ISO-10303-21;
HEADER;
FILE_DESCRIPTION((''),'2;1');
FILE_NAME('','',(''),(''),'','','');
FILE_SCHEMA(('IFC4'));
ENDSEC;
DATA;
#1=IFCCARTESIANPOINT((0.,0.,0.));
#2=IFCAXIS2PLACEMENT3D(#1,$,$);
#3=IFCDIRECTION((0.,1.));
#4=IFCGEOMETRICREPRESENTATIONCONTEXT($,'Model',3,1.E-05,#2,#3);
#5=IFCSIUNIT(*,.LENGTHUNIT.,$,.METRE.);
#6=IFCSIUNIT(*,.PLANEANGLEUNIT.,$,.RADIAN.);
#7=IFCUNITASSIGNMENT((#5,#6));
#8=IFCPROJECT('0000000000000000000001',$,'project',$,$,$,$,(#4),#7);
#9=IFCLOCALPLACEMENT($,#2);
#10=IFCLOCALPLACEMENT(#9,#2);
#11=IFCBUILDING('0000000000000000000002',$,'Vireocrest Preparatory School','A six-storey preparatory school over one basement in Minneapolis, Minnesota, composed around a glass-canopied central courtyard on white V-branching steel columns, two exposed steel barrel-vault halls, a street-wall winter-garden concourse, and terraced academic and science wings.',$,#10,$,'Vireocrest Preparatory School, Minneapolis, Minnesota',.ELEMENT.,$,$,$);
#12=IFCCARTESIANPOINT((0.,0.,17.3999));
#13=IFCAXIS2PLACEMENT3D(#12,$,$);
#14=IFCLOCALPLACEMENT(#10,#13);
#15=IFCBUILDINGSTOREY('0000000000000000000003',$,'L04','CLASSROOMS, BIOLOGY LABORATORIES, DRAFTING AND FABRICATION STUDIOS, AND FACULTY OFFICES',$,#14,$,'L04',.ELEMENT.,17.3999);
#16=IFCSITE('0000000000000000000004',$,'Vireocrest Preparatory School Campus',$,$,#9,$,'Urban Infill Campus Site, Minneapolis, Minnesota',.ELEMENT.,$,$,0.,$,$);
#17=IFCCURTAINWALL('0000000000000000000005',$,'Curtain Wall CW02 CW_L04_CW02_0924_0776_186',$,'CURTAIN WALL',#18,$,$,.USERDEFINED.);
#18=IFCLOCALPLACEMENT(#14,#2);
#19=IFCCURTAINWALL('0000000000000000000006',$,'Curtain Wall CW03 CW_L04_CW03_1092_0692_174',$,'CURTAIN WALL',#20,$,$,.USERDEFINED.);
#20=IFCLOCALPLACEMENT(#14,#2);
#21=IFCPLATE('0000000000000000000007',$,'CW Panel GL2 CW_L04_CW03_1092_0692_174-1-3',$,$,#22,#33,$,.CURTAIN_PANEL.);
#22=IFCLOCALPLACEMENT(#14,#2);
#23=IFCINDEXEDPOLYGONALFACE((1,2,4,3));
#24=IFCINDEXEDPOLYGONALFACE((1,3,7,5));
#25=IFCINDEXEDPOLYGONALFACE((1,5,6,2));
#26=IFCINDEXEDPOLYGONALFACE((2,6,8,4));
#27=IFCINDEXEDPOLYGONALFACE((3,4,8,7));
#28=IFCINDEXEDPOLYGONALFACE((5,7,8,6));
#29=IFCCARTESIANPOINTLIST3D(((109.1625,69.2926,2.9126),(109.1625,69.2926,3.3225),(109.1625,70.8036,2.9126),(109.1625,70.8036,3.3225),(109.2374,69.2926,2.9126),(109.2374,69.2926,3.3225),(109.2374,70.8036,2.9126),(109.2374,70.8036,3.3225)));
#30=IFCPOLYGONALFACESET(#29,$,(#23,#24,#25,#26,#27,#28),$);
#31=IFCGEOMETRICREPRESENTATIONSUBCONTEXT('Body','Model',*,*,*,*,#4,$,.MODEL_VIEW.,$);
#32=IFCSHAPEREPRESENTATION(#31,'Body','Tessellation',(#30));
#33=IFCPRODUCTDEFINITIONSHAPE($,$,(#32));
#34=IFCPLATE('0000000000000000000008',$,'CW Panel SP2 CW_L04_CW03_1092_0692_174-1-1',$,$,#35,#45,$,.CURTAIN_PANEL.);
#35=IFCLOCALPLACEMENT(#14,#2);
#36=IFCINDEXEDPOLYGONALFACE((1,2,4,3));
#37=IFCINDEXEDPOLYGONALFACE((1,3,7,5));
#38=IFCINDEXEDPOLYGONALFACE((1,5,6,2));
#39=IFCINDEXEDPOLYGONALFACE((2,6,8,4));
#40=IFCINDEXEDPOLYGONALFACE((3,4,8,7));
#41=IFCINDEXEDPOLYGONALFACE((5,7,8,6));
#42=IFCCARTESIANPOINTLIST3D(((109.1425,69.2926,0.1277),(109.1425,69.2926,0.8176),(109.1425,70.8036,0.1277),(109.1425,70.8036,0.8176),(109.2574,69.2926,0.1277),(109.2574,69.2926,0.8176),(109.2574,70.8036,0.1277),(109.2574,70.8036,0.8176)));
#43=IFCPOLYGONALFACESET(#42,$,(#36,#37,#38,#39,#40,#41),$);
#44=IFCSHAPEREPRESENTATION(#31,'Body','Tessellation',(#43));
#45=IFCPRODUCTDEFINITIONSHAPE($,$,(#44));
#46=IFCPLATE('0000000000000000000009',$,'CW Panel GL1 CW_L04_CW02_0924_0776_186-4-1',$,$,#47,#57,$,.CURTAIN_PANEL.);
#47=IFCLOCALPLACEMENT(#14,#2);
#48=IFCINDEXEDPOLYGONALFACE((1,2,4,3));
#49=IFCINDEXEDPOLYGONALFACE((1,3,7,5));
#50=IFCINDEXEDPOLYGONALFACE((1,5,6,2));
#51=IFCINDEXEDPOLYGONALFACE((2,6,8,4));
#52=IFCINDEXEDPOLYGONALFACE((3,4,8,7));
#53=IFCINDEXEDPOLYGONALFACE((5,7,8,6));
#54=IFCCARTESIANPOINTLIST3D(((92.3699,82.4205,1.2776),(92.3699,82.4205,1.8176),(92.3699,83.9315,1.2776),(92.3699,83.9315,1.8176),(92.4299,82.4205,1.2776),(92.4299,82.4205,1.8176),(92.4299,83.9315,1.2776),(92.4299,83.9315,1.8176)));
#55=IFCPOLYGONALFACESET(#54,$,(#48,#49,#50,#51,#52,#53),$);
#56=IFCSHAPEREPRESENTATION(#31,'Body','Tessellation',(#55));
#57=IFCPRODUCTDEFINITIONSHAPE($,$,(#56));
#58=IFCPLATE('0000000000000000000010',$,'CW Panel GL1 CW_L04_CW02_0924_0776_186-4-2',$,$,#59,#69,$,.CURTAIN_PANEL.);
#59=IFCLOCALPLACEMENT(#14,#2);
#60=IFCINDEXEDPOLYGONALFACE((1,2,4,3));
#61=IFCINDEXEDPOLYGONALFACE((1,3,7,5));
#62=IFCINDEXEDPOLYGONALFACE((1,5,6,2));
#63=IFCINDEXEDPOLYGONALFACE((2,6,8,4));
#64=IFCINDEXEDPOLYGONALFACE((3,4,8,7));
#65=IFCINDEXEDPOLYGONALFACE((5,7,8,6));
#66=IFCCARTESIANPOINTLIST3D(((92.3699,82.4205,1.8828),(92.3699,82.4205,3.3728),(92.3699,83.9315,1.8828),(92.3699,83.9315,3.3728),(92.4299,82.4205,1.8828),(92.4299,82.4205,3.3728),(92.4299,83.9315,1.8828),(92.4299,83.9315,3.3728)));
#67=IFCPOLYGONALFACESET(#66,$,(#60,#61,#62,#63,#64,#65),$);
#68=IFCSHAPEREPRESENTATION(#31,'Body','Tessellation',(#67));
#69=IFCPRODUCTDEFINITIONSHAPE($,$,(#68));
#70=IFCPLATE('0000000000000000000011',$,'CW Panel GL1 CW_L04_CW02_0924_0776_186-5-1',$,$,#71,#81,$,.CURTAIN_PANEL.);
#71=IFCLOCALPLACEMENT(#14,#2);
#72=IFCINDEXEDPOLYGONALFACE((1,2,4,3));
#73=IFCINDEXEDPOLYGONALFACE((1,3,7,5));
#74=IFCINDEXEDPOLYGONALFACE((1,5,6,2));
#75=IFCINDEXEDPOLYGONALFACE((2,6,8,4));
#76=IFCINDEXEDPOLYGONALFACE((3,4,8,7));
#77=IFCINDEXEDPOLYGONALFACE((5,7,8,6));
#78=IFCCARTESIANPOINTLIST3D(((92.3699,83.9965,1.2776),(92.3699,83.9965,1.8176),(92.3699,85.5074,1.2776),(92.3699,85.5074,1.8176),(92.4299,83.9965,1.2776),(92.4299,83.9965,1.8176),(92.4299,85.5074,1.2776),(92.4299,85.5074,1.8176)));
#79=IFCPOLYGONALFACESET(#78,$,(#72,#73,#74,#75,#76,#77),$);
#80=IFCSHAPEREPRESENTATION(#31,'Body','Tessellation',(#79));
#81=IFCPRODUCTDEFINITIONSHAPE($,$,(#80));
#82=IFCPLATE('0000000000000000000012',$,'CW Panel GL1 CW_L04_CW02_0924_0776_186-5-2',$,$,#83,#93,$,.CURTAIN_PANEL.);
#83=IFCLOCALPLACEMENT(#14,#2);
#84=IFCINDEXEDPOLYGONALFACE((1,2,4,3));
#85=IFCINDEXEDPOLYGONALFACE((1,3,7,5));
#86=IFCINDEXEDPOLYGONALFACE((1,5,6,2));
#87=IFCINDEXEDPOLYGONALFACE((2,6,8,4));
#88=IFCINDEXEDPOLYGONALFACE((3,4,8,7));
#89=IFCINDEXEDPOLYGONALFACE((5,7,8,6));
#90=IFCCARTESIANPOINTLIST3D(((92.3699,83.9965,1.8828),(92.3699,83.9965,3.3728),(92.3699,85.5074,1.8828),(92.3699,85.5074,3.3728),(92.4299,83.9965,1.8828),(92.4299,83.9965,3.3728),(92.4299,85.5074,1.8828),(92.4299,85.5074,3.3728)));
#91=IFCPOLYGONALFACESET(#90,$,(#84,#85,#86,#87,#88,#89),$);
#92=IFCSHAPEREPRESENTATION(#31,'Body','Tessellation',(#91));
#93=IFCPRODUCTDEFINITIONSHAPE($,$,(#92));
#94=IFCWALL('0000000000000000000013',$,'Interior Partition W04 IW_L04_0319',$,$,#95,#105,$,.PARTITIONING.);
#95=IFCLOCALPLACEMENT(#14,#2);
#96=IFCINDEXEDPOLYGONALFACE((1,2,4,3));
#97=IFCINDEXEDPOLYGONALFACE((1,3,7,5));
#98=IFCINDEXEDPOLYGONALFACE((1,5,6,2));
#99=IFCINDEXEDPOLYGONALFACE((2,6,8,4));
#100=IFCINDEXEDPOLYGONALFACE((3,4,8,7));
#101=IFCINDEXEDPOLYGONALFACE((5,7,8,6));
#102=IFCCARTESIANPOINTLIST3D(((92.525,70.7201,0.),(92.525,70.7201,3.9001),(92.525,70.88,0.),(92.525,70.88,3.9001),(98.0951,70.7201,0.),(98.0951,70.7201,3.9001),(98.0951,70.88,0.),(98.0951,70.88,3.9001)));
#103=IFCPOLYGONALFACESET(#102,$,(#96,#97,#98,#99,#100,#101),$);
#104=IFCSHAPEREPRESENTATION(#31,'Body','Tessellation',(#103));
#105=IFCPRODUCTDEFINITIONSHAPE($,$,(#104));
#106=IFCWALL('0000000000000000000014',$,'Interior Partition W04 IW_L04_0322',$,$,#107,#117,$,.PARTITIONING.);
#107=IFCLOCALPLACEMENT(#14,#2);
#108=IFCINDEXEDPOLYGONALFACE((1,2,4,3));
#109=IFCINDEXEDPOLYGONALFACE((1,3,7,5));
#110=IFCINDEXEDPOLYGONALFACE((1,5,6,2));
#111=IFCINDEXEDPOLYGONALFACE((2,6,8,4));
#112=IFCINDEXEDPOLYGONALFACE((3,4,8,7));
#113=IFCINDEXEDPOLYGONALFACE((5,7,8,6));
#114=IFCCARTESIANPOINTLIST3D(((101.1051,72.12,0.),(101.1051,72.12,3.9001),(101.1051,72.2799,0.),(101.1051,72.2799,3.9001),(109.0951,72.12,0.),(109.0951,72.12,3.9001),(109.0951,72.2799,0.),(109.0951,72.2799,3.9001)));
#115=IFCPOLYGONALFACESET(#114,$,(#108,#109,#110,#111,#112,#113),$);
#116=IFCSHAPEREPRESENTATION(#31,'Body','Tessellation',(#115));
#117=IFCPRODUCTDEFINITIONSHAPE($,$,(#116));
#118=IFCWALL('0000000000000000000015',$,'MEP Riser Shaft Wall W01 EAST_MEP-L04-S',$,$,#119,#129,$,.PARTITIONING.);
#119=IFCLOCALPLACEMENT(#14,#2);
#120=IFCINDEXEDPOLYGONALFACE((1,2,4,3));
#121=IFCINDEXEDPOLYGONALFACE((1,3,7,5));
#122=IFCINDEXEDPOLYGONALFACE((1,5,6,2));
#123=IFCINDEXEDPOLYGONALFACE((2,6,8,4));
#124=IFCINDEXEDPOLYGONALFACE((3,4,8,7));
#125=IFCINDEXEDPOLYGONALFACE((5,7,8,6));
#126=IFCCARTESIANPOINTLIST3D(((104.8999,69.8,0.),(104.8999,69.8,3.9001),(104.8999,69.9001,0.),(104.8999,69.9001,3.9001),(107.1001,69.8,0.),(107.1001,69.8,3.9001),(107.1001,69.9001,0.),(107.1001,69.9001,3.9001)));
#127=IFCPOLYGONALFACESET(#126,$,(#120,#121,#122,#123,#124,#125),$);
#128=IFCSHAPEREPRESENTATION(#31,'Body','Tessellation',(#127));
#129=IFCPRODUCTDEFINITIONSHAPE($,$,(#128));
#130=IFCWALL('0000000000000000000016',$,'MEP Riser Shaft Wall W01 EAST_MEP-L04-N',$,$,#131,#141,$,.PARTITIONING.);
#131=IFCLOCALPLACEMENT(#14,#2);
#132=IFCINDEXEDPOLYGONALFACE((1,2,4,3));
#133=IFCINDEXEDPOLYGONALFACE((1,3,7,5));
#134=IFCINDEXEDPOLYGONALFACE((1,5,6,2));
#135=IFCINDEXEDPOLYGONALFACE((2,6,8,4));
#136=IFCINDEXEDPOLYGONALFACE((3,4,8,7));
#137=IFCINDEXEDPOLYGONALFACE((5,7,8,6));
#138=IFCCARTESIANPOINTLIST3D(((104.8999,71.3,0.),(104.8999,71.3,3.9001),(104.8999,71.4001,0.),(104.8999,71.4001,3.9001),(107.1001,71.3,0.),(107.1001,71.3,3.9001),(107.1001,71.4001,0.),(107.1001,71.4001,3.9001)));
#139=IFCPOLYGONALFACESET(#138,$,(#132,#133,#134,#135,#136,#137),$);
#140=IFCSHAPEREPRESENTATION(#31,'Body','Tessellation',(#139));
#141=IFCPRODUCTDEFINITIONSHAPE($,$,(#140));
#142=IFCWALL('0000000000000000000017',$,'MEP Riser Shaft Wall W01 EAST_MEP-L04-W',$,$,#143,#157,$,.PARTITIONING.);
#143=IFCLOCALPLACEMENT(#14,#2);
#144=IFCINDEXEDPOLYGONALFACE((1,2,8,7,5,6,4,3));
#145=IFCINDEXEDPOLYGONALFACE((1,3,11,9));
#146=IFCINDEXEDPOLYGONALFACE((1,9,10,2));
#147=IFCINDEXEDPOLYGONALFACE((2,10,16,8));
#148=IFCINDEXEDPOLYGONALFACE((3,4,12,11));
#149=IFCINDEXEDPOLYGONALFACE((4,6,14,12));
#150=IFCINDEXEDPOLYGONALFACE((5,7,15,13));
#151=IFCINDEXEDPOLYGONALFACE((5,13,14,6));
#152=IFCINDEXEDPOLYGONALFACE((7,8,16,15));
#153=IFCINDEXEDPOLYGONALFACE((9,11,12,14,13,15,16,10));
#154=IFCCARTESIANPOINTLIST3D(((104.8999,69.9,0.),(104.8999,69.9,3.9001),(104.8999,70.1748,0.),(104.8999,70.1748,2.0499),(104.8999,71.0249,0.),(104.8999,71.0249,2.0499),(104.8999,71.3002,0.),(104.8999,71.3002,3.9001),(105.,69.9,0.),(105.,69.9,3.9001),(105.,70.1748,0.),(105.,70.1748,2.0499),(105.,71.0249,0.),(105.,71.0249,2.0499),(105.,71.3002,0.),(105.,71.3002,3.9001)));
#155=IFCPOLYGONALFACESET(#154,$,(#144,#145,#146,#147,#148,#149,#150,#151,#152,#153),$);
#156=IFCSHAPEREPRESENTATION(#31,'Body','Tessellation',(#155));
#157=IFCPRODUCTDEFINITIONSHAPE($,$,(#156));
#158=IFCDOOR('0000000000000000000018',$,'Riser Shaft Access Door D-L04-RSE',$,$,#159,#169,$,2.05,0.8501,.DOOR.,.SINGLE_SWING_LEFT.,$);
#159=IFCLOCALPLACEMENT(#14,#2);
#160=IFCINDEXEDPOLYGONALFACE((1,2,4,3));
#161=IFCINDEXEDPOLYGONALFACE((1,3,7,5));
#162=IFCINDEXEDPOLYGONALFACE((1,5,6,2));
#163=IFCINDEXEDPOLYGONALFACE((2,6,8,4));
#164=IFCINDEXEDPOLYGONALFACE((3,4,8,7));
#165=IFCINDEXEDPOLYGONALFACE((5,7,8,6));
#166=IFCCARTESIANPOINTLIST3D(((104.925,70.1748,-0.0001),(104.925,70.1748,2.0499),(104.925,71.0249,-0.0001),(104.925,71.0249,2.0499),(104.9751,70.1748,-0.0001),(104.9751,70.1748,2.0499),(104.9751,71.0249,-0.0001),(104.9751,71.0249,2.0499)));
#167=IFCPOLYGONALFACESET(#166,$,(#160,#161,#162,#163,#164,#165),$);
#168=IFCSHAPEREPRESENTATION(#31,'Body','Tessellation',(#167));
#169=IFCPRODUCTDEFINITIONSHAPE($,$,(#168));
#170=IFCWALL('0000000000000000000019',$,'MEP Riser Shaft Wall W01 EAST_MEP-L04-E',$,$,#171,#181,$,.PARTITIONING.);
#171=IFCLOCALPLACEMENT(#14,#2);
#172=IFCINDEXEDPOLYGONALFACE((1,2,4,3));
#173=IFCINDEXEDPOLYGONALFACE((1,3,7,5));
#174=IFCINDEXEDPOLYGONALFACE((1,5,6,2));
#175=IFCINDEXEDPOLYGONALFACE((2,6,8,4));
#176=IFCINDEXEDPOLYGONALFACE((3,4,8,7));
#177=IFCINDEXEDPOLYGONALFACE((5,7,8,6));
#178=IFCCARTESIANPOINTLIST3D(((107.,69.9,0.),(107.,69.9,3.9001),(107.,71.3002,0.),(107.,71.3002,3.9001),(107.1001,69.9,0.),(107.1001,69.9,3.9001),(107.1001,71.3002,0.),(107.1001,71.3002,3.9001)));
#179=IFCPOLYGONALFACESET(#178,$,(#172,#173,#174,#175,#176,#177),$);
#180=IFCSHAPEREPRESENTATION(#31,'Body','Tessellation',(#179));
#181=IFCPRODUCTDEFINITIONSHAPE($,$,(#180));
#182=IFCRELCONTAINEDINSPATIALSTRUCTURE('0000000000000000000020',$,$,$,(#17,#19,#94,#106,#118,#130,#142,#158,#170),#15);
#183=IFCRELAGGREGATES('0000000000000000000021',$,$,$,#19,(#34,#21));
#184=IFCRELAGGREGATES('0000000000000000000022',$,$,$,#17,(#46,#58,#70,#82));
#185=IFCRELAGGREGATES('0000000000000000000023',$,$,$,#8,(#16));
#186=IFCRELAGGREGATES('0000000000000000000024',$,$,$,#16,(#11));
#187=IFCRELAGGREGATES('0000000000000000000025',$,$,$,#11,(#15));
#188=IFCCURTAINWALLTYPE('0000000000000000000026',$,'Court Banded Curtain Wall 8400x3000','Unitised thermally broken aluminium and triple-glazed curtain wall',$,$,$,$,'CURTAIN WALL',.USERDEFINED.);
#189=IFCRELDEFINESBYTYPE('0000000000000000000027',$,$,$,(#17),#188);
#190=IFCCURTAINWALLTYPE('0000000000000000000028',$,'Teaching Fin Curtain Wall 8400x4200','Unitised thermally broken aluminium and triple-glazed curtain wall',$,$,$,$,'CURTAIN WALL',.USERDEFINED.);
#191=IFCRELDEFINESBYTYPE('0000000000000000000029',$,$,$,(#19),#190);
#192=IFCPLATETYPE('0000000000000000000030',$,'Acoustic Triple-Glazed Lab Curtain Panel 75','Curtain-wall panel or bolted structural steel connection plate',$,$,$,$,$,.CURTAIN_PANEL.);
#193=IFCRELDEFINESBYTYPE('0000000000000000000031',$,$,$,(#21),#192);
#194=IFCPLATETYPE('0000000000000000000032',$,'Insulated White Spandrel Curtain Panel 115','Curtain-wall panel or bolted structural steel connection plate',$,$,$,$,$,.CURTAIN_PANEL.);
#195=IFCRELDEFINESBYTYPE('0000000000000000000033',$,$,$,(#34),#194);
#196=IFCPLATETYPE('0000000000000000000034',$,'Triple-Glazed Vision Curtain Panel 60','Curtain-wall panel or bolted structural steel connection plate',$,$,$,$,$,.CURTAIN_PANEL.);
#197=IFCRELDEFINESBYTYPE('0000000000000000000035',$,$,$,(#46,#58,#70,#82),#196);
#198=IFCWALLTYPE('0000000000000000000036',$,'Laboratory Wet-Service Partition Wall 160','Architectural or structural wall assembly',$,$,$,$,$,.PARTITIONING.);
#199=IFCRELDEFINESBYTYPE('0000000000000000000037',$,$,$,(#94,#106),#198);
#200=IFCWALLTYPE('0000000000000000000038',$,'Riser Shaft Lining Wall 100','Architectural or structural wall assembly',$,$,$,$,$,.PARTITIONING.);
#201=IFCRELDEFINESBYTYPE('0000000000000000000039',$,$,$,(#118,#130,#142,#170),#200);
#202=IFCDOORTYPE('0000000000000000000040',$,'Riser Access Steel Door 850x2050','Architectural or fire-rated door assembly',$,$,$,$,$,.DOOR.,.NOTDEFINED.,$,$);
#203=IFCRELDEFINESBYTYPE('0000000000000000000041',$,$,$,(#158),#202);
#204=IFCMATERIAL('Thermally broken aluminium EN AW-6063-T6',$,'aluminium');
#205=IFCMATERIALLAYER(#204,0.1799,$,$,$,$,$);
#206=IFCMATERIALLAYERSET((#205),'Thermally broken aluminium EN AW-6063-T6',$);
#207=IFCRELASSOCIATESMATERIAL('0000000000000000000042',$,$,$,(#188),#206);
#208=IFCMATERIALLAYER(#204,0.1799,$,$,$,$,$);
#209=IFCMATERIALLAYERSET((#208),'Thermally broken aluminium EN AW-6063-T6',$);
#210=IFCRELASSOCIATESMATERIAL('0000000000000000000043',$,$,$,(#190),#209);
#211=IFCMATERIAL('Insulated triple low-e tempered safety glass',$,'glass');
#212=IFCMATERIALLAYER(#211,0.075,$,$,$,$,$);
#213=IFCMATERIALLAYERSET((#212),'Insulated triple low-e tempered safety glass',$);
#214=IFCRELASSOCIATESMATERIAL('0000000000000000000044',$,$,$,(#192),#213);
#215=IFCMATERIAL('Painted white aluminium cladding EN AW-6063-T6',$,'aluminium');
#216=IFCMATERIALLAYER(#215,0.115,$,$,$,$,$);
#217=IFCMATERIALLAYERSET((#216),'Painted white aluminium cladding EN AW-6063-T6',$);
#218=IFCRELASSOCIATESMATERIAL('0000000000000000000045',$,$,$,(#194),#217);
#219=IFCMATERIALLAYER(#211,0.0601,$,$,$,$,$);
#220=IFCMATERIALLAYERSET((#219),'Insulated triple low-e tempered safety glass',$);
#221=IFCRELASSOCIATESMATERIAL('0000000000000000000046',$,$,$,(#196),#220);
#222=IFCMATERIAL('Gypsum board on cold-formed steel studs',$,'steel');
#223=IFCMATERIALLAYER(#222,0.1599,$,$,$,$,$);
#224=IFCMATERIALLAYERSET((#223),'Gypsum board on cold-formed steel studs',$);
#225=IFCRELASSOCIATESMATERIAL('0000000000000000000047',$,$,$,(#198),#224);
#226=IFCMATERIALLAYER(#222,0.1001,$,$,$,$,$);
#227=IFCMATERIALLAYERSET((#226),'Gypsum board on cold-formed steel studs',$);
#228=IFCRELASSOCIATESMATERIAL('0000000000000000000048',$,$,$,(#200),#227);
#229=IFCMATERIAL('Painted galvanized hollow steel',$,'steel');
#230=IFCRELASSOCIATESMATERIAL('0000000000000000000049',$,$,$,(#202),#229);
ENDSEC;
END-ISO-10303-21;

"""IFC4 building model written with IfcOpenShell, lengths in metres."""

from ifc_helpers import new_model, si_unit, direction, frame, frame_2d, origin, origin_2d, place, context, subcontext, project, spatial, rectangle, extrude, material, layer, layer_set, type_object, element, fill, aggregate, save


model = new_model("IFC4")

# Units and contexts
model_context = context("Model", 3, precision=1e-05, world=origin(), true_north=direction((0.0, 1.0)))
body_context = subcontext(model_context, "Body", "Model", "MODEL_VIEW")
ifc_project = project(units=[si_unit("LENGTHUNIT", "METRE"), si_unit("PLANEANGLEUNIT", "RADIAN")], contexts=[model_context])

# Site, building, storey
site_placement = place(None, origin())
site = spatial("IfcSite", under=ifc_project, at=site_placement, Name="Vireocrest Preparatory School Campus", LongName="Urban Infill Campus Site, Minneapolis, Minnesota", CompositionType="ELEMENT", RefElevation=0.0)
building_placement = place(site_placement, origin())
building = spatial("IfcBuilding", under=site, at=building_placement, Name="Vireocrest Preparatory School", Description="A six-storey preparatory school over one basement in Minneapolis, Minnesota, composed around a glass-canopied central courtyard on white V-branching steel columns, two exposed steel barrel-vault halls, a street-wall winter-garden concourse, and terraced academic and science wings.", LongName="Vireocrest Preparatory School, Minneapolis, Minnesota", CompositionType="ELEMENT")
storey_placement = place(building_placement, frame((0.0, 0.0, 17.3999)))
storey = spatial("IfcBuildingStorey", under=building, at=storey_placement, Name="L04", Description="CLASSROOMS, BIOLOGY LABORATORIES, DRAFTING AND FABRICATION STUDIOS, AND FACULTY OFFICES", LongName="L04", CompositionType="ELEMENT", Elevation=17.3999)

# Curtain wall
ifc_material_1 = material(Name="Thermally broken aluminium EN AW-6063-T6", Category="aluminium")
ifc_layer_1 = layer(ifc_material_1, 0.1799)
ifc_layer_set_1 = layer_set([ifc_layer_1], Name="Thermally broken aluminium EN AW-6063-T6")
curtain_wall_type_1 = type_object("IfcCurtainWallType", Name="Court Banded Curtain Wall 8400x3000", Description="Unitised thermally broken aluminium and triple-glazed curtain wall", ElementType="CURTAIN WALL", PredefinedType="USERDEFINED", material=ifc_layer_set_1)
curtain_wall_1_placement = place(storey_placement, origin())
curtain_wall_1 = element("IfcCurtainWall", 1, at=curtain_wall_1_placement, inside=storey, type_object=curtain_wall_type_1, Name="Curtain Wall CW02 CW_L04_CW02_0924_0776_186", ObjectType="CURTAIN WALL", PredefinedType="USERDEFINED")

# Curtain wall, plates
ifc_layer_2 = layer(ifc_material_1, 0.1799)
ifc_layer_set_2 = layer_set([ifc_layer_2], Name="Thermally broken aluminium EN AW-6063-T6")
curtain_wall_type_2 = type_object("IfcCurtainWallType", Name="Teaching Fin Curtain Wall 8400x4200", Description="Unitised thermally broken aluminium and triple-glazed curtain wall", ElementType="CURTAIN WALL", PredefinedType="USERDEFINED", material=ifc_layer_set_2)
curtain_wall_2_placement = place(storey_placement, origin())
curtain_wall_2 = element("IfcCurtainWall", 2, at=curtain_wall_2_placement, inside=storey, type_object=curtain_wall_type_2, Name="Curtain Wall CW03 CW_L04_CW03_1092_0692_174", ObjectType="CURTAIN WALL", PredefinedType="USERDEFINED")
ifc_material_2 = material(Name="Insulated triple low-e tempered safety glass", Category="glass")
ifc_layer_3 = layer(ifc_material_2, 0.075)
ifc_layer_set_3 = layer_set([ifc_layer_3], Name="Insulated triple low-e tempered safety glass")
plate_type_1 = type_object("IfcPlateType", Name="Acoustic Triple-Glazed Lab Curtain Panel 75", Description="Curtain-wall panel or bolted structural steel connection plate", PredefinedType="CURTAIN_PANEL", material=ifc_layer_set_3)
plate_1_placement = place(storey_placement, frame((109.2, 70.0481, 2.9126), z_axis=(0.0, 0.0, 1.0), x_axis=(0.0, 1.0, 0.0)))
plate_1 = element("IfcPlate", 3, at=plate_1_placement, type_object=plate_type_1, Name="CW Panel GL2 CW_L04_CW03_1092_0692_174-1-3", PredefinedType="CURTAIN_PANEL", context=body_context, shape_type="SweptSolid", body=[
    extrude(rectangle(XDim=1.511, YDim=0.075, at=origin_2d()), origin(), (0.0, 0.0, 1.0), 0.4099),
])
ifc_material_3 = material(Name="Painted white aluminium cladding EN AW-6063-T6", Category="aluminium")
ifc_layer_4 = layer(ifc_material_3, 0.115)
ifc_layer_set_4 = layer_set([ifc_layer_4], Name="Painted white aluminium cladding EN AW-6063-T6")
plate_type_2 = type_object("IfcPlateType", Name="Insulated White Spandrel Curtain Panel 115", Description="Curtain-wall panel or bolted structural steel connection plate", PredefinedType="CURTAIN_PANEL", material=ifc_layer_set_4)
plate_2_placement = place(storey_placement, frame((109.2, 70.0481, 0.1277), z_axis=(0.0, 0.0, 1.0), x_axis=(0.0, 1.0, 0.0)))
plate_2 = element("IfcPlate", 4, at=plate_2_placement, type_object=plate_type_2, Name="CW Panel SP2 CW_L04_CW03_1092_0692_174-1-1", PredefinedType="CURTAIN_PANEL", context=body_context, shape_type="SweptSolid", body=[
    extrude(rectangle(XDim=1.511, YDim=0.115, at=origin_2d()), origin(), (0.0, 0.0, 1.0), 0.6899),
])
aggregate(curtain_wall_2, [plate_2, plate_1])

# Plates
ifc_layer_5 = layer(ifc_material_2, 0.0601)
ifc_layer_set_5 = layer_set([ifc_layer_5], Name="Insulated triple low-e tempered safety glass")
plate_type_3 = type_object("IfcPlateType", Name="Triple-Glazed Vision Curtain Panel 60", Description="Curtain-wall panel or bolted structural steel connection plate", PredefinedType="CURTAIN_PANEL", material=ifc_layer_set_5)
plate_3_placement = place(storey_placement, frame((92.3999, 83.176, 1.2776), z_axis=(0.0, 0.0, 1.0), x_axis=(0.0, 1.0, 0.0)))
plate_3 = element("IfcPlate", 5, at=plate_3_placement, type_object=plate_type_3, Name="CW Panel GL1 CW_L04_CW02_0924_0776_186-4-1", PredefinedType="CURTAIN_PANEL", context=body_context, shape_type="SweptSolid", body=[
    extrude(rectangle(XDim=1.511, YDim=0.0601, at=origin_2d()), origin(), (0.0, 0.0, 1.0), 0.54),
])
plate_4_placement = place(storey_placement, frame((92.3999, 83.176, 1.8828), z_axis=(0.0, 0.0, 1.0), x_axis=(0.0, 1.0, 0.0)))
plate_4 = element("IfcPlate", 6, at=plate_4_placement, type_object=plate_type_3, Name="CW Panel GL1 CW_L04_CW02_0924_0776_186-4-2", PredefinedType="CURTAIN_PANEL", context=body_context, shape_type="SweptSolid", body=[
    extrude(rectangle(XDim=1.511, YDim=0.0601, at=origin_2d()), origin(), (0.0, 0.0, 1.0), 1.49),
])
plate_5_placement = place(storey_placement, frame((92.3999, 84.752, 1.2776), z_axis=(0.0, 0.0, 1.0), x_axis=(0.0, 1.0, 0.0)))
plate_5 = element("IfcPlate", 7, at=plate_5_placement, type_object=plate_type_3, Name="CW Panel GL1 CW_L04_CW02_0924_0776_186-5-1", PredefinedType="CURTAIN_PANEL", context=body_context, shape_type="SweptSolid", body=[
    extrude(rectangle(XDim=1.511, YDim=0.0601, at=origin_2d()), origin(), (0.0, 0.0, 1.0), 0.54),
])
plate_6_placement = place(storey_placement, frame((92.3999, 84.752, 1.8828), z_axis=(0.0, 0.0, 1.0), x_axis=(0.0, 1.0, 0.0)))
plate_6 = element("IfcPlate", 8, at=plate_6_placement, type_object=plate_type_3, Name="CW Panel GL1 CW_L04_CW02_0924_0776_186-5-2", PredefinedType="CURTAIN_PANEL", context=body_context, shape_type="SweptSolid", body=[
    extrude(rectangle(XDim=1.511, YDim=0.0601, at=origin_2d()), origin(), (0.0, 0.0, 1.0), 1.49),
])
aggregate(curtain_wall_1, [plate_3, plate_4, plate_5, plate_6])

# Walls
ifc_material_4 = material(Name="Gypsum board on cold-formed steel studs", Category="steel")
ifc_layer_6 = layer(ifc_material_4, 0.1599)
ifc_layer_set_6 = layer_set([ifc_layer_6], Name="Gypsum board on cold-formed steel studs")
wall_type_1 = type_object("IfcWallType", Name="Laboratory Wet-Service Partition Wall 160", Description="Architectural or structural wall assembly", PredefinedType="PARTITIONING", material=ifc_layer_set_6)
wall_1_placement = place(storey_placement, frame((92.5249, 70.8, 0.0), z_axis=(0.0, 0.0, 1.0), x_axis=(1.0, 0.0, 0.0)))
element("IfcWall", 9, at=wall_1_placement, inside=storey, type_object=wall_type_1, Name="Interior Partition W04 IW_L04_0319", PredefinedType="PARTITIONING", context=body_context, shape_type="SweptSolid", body=[
    extrude(rectangle(XDim=5.5701, YDim=0.1599, at=frame_2d((2.7852, 0.0))), origin(), (0.0, 0.0, 1.0), 3.9001),
])
wall_2_placement = place(storey_placement, frame((101.105, 72.2, 0.0), z_axis=(0.0, 0.0, 1.0), x_axis=(1.0, 0.0, 0.0)))
element("IfcWall", 10, at=wall_2_placement, inside=storey, type_object=wall_type_1, Name="Interior Partition W04 IW_L04_0322", PredefinedType="PARTITIONING", context=body_context, shape_type="SweptSolid", body=[
    extrude(rectangle(XDim=7.99, YDim=0.1599, at=frame_2d((3.9951, 0.0))), origin(), (0.0, 0.0, 1.0), 3.9001),
])
ifc_layer_7 = layer(ifc_material_4, 0.1001)
ifc_layer_set_7 = layer_set([ifc_layer_7], Name="Gypsum board on cold-formed steel studs")
wall_type_2 = type_object("IfcWallType", Name="Riser Shaft Lining Wall 100", Description="Architectural or structural wall assembly", PredefinedType="PARTITIONING", material=ifc_layer_set_7)
for number, where, z_axis, x_axis, name in (
    (11, (104.8999, 69.8501, 0.0), (0.0, 0.0, 1.0), (1.0, 0.0, 0.0), "MEP Riser Shaft Wall W01 EAST_MEP-L04-S"),
    (12, (104.8999, 71.3501, 0.0), (0.0, 0.0, 1.0), (1.0, 0.0, 0.0), "MEP Riser Shaft Wall W01 EAST_MEP-L04-N"),
):
    element("IfcWall", number, at=place(storey_placement, frame(where, z_axis=z_axis, x_axis=x_axis)), inside=storey, type_object=wall_type_2, Name=name, PredefinedType="PARTITIONING", context=body_context, shape_type="SweptSolid", body=[
        extrude(rectangle(XDim=2.2002, YDim=0.1001, at=frame_2d((1.1001, 0.0))), origin(), (0.0, 0.0, 1.0), 3.9001),
    ])

# Wall, opening, door
wall_3_placement = place(storey_placement, frame((104.95, 69.8999, 0.0), z_axis=(0.0, 0.0, 1.0), x_axis=(0.0, 1.0, 0.0)))
wall_3 = element("IfcWall", 13, at=wall_3_placement, inside=storey, type_object=wall_type_2, Name="MEP Riser Shaft Wall W01 EAST_MEP-L04-W", PredefinedType="PARTITIONING", context=body_context, shape_type="SweptSolid", body=[
    extrude(rectangle(XDim=1.4001, YDim=0.1001, at=frame_2d((0.7002, 0.0))), origin(), (0.0, 0.0, 1.0), 3.9001),
])
opening_1_placement = place(wall_3_placement, frame((0.2749, 0.0, 0.0)))
opening_1 = element("IfcOpeningElement", 14, at=opening_1_placement, cuts=wall_3, PredefinedType="OPENING", context=body_context, shape_type="SweptSolid", body=[
    extrude(rectangle(XDim=0.8501, YDim=2.05, at=frame_2d((0.425, 1.0249))), frame((0.0, 0.0601, 0.0), z_axis=(0.0, -1.0, 0.0), x_axis=(1.0, 0.0, 0.0)), (0.0, 0.0, 1.0), 0.1201),
])
ifc_material_5 = material(Name="Painted galvanized hollow steel", Category="steel")
door_type_1 = type_object("IfcDoorType", Name="Riser Access Steel Door 850x2050", Description="Architectural or fire-rated door assembly", OperationType="NOTDEFINED", PredefinedType="DOOR", material=ifc_material_5)
door_1_placement = place(opening_1_placement, origin())
door_1 = element("IfcDoor", 15, at=door_1_placement, inside=storey, type_object=door_type_1, Name="Riser Shaft Access Door D-L04-RSE", OperationType="SINGLE_SWING_LEFT", OverallHeight=2.05, OverallWidth=0.8501, PredefinedType="DOOR", context=body_context, shape_type="SweptSolid", body=[
    extrude(rectangle(XDim=0.8501, YDim=2.05, at=frame_2d((0.425, 1.0249))), frame((0.0, 0.0249, 0.0), z_axis=(0.0, -1.0, 0.0), x_axis=(1.0, 0.0, 0.0)), (0.0, 0.0, 1.0), 0.05),
])
fill(opening_1, door_1)

# Wall
wall_4_placement = place(storey_placement, frame((107.05, 69.8999, 0.0), z_axis=(0.0, 0.0, 1.0), x_axis=(0.0, 1.0, 0.0)))
element("IfcWall", 16, at=wall_4_placement, inside=storey, type_object=wall_type_2, Name="MEP Riser Shaft Wall W01 EAST_MEP-L04-E", PredefinedType="PARTITIONING", context=body_context, shape_type="SweptSolid", body=[
    extrude(rectangle(XDim=1.4001, YDim=0.1001, at=frame_2d((0.7002, 0.0))), origin(), (0.0, 0.0, 1.0), 3.9001),
])

save(model, "model.ifc")
